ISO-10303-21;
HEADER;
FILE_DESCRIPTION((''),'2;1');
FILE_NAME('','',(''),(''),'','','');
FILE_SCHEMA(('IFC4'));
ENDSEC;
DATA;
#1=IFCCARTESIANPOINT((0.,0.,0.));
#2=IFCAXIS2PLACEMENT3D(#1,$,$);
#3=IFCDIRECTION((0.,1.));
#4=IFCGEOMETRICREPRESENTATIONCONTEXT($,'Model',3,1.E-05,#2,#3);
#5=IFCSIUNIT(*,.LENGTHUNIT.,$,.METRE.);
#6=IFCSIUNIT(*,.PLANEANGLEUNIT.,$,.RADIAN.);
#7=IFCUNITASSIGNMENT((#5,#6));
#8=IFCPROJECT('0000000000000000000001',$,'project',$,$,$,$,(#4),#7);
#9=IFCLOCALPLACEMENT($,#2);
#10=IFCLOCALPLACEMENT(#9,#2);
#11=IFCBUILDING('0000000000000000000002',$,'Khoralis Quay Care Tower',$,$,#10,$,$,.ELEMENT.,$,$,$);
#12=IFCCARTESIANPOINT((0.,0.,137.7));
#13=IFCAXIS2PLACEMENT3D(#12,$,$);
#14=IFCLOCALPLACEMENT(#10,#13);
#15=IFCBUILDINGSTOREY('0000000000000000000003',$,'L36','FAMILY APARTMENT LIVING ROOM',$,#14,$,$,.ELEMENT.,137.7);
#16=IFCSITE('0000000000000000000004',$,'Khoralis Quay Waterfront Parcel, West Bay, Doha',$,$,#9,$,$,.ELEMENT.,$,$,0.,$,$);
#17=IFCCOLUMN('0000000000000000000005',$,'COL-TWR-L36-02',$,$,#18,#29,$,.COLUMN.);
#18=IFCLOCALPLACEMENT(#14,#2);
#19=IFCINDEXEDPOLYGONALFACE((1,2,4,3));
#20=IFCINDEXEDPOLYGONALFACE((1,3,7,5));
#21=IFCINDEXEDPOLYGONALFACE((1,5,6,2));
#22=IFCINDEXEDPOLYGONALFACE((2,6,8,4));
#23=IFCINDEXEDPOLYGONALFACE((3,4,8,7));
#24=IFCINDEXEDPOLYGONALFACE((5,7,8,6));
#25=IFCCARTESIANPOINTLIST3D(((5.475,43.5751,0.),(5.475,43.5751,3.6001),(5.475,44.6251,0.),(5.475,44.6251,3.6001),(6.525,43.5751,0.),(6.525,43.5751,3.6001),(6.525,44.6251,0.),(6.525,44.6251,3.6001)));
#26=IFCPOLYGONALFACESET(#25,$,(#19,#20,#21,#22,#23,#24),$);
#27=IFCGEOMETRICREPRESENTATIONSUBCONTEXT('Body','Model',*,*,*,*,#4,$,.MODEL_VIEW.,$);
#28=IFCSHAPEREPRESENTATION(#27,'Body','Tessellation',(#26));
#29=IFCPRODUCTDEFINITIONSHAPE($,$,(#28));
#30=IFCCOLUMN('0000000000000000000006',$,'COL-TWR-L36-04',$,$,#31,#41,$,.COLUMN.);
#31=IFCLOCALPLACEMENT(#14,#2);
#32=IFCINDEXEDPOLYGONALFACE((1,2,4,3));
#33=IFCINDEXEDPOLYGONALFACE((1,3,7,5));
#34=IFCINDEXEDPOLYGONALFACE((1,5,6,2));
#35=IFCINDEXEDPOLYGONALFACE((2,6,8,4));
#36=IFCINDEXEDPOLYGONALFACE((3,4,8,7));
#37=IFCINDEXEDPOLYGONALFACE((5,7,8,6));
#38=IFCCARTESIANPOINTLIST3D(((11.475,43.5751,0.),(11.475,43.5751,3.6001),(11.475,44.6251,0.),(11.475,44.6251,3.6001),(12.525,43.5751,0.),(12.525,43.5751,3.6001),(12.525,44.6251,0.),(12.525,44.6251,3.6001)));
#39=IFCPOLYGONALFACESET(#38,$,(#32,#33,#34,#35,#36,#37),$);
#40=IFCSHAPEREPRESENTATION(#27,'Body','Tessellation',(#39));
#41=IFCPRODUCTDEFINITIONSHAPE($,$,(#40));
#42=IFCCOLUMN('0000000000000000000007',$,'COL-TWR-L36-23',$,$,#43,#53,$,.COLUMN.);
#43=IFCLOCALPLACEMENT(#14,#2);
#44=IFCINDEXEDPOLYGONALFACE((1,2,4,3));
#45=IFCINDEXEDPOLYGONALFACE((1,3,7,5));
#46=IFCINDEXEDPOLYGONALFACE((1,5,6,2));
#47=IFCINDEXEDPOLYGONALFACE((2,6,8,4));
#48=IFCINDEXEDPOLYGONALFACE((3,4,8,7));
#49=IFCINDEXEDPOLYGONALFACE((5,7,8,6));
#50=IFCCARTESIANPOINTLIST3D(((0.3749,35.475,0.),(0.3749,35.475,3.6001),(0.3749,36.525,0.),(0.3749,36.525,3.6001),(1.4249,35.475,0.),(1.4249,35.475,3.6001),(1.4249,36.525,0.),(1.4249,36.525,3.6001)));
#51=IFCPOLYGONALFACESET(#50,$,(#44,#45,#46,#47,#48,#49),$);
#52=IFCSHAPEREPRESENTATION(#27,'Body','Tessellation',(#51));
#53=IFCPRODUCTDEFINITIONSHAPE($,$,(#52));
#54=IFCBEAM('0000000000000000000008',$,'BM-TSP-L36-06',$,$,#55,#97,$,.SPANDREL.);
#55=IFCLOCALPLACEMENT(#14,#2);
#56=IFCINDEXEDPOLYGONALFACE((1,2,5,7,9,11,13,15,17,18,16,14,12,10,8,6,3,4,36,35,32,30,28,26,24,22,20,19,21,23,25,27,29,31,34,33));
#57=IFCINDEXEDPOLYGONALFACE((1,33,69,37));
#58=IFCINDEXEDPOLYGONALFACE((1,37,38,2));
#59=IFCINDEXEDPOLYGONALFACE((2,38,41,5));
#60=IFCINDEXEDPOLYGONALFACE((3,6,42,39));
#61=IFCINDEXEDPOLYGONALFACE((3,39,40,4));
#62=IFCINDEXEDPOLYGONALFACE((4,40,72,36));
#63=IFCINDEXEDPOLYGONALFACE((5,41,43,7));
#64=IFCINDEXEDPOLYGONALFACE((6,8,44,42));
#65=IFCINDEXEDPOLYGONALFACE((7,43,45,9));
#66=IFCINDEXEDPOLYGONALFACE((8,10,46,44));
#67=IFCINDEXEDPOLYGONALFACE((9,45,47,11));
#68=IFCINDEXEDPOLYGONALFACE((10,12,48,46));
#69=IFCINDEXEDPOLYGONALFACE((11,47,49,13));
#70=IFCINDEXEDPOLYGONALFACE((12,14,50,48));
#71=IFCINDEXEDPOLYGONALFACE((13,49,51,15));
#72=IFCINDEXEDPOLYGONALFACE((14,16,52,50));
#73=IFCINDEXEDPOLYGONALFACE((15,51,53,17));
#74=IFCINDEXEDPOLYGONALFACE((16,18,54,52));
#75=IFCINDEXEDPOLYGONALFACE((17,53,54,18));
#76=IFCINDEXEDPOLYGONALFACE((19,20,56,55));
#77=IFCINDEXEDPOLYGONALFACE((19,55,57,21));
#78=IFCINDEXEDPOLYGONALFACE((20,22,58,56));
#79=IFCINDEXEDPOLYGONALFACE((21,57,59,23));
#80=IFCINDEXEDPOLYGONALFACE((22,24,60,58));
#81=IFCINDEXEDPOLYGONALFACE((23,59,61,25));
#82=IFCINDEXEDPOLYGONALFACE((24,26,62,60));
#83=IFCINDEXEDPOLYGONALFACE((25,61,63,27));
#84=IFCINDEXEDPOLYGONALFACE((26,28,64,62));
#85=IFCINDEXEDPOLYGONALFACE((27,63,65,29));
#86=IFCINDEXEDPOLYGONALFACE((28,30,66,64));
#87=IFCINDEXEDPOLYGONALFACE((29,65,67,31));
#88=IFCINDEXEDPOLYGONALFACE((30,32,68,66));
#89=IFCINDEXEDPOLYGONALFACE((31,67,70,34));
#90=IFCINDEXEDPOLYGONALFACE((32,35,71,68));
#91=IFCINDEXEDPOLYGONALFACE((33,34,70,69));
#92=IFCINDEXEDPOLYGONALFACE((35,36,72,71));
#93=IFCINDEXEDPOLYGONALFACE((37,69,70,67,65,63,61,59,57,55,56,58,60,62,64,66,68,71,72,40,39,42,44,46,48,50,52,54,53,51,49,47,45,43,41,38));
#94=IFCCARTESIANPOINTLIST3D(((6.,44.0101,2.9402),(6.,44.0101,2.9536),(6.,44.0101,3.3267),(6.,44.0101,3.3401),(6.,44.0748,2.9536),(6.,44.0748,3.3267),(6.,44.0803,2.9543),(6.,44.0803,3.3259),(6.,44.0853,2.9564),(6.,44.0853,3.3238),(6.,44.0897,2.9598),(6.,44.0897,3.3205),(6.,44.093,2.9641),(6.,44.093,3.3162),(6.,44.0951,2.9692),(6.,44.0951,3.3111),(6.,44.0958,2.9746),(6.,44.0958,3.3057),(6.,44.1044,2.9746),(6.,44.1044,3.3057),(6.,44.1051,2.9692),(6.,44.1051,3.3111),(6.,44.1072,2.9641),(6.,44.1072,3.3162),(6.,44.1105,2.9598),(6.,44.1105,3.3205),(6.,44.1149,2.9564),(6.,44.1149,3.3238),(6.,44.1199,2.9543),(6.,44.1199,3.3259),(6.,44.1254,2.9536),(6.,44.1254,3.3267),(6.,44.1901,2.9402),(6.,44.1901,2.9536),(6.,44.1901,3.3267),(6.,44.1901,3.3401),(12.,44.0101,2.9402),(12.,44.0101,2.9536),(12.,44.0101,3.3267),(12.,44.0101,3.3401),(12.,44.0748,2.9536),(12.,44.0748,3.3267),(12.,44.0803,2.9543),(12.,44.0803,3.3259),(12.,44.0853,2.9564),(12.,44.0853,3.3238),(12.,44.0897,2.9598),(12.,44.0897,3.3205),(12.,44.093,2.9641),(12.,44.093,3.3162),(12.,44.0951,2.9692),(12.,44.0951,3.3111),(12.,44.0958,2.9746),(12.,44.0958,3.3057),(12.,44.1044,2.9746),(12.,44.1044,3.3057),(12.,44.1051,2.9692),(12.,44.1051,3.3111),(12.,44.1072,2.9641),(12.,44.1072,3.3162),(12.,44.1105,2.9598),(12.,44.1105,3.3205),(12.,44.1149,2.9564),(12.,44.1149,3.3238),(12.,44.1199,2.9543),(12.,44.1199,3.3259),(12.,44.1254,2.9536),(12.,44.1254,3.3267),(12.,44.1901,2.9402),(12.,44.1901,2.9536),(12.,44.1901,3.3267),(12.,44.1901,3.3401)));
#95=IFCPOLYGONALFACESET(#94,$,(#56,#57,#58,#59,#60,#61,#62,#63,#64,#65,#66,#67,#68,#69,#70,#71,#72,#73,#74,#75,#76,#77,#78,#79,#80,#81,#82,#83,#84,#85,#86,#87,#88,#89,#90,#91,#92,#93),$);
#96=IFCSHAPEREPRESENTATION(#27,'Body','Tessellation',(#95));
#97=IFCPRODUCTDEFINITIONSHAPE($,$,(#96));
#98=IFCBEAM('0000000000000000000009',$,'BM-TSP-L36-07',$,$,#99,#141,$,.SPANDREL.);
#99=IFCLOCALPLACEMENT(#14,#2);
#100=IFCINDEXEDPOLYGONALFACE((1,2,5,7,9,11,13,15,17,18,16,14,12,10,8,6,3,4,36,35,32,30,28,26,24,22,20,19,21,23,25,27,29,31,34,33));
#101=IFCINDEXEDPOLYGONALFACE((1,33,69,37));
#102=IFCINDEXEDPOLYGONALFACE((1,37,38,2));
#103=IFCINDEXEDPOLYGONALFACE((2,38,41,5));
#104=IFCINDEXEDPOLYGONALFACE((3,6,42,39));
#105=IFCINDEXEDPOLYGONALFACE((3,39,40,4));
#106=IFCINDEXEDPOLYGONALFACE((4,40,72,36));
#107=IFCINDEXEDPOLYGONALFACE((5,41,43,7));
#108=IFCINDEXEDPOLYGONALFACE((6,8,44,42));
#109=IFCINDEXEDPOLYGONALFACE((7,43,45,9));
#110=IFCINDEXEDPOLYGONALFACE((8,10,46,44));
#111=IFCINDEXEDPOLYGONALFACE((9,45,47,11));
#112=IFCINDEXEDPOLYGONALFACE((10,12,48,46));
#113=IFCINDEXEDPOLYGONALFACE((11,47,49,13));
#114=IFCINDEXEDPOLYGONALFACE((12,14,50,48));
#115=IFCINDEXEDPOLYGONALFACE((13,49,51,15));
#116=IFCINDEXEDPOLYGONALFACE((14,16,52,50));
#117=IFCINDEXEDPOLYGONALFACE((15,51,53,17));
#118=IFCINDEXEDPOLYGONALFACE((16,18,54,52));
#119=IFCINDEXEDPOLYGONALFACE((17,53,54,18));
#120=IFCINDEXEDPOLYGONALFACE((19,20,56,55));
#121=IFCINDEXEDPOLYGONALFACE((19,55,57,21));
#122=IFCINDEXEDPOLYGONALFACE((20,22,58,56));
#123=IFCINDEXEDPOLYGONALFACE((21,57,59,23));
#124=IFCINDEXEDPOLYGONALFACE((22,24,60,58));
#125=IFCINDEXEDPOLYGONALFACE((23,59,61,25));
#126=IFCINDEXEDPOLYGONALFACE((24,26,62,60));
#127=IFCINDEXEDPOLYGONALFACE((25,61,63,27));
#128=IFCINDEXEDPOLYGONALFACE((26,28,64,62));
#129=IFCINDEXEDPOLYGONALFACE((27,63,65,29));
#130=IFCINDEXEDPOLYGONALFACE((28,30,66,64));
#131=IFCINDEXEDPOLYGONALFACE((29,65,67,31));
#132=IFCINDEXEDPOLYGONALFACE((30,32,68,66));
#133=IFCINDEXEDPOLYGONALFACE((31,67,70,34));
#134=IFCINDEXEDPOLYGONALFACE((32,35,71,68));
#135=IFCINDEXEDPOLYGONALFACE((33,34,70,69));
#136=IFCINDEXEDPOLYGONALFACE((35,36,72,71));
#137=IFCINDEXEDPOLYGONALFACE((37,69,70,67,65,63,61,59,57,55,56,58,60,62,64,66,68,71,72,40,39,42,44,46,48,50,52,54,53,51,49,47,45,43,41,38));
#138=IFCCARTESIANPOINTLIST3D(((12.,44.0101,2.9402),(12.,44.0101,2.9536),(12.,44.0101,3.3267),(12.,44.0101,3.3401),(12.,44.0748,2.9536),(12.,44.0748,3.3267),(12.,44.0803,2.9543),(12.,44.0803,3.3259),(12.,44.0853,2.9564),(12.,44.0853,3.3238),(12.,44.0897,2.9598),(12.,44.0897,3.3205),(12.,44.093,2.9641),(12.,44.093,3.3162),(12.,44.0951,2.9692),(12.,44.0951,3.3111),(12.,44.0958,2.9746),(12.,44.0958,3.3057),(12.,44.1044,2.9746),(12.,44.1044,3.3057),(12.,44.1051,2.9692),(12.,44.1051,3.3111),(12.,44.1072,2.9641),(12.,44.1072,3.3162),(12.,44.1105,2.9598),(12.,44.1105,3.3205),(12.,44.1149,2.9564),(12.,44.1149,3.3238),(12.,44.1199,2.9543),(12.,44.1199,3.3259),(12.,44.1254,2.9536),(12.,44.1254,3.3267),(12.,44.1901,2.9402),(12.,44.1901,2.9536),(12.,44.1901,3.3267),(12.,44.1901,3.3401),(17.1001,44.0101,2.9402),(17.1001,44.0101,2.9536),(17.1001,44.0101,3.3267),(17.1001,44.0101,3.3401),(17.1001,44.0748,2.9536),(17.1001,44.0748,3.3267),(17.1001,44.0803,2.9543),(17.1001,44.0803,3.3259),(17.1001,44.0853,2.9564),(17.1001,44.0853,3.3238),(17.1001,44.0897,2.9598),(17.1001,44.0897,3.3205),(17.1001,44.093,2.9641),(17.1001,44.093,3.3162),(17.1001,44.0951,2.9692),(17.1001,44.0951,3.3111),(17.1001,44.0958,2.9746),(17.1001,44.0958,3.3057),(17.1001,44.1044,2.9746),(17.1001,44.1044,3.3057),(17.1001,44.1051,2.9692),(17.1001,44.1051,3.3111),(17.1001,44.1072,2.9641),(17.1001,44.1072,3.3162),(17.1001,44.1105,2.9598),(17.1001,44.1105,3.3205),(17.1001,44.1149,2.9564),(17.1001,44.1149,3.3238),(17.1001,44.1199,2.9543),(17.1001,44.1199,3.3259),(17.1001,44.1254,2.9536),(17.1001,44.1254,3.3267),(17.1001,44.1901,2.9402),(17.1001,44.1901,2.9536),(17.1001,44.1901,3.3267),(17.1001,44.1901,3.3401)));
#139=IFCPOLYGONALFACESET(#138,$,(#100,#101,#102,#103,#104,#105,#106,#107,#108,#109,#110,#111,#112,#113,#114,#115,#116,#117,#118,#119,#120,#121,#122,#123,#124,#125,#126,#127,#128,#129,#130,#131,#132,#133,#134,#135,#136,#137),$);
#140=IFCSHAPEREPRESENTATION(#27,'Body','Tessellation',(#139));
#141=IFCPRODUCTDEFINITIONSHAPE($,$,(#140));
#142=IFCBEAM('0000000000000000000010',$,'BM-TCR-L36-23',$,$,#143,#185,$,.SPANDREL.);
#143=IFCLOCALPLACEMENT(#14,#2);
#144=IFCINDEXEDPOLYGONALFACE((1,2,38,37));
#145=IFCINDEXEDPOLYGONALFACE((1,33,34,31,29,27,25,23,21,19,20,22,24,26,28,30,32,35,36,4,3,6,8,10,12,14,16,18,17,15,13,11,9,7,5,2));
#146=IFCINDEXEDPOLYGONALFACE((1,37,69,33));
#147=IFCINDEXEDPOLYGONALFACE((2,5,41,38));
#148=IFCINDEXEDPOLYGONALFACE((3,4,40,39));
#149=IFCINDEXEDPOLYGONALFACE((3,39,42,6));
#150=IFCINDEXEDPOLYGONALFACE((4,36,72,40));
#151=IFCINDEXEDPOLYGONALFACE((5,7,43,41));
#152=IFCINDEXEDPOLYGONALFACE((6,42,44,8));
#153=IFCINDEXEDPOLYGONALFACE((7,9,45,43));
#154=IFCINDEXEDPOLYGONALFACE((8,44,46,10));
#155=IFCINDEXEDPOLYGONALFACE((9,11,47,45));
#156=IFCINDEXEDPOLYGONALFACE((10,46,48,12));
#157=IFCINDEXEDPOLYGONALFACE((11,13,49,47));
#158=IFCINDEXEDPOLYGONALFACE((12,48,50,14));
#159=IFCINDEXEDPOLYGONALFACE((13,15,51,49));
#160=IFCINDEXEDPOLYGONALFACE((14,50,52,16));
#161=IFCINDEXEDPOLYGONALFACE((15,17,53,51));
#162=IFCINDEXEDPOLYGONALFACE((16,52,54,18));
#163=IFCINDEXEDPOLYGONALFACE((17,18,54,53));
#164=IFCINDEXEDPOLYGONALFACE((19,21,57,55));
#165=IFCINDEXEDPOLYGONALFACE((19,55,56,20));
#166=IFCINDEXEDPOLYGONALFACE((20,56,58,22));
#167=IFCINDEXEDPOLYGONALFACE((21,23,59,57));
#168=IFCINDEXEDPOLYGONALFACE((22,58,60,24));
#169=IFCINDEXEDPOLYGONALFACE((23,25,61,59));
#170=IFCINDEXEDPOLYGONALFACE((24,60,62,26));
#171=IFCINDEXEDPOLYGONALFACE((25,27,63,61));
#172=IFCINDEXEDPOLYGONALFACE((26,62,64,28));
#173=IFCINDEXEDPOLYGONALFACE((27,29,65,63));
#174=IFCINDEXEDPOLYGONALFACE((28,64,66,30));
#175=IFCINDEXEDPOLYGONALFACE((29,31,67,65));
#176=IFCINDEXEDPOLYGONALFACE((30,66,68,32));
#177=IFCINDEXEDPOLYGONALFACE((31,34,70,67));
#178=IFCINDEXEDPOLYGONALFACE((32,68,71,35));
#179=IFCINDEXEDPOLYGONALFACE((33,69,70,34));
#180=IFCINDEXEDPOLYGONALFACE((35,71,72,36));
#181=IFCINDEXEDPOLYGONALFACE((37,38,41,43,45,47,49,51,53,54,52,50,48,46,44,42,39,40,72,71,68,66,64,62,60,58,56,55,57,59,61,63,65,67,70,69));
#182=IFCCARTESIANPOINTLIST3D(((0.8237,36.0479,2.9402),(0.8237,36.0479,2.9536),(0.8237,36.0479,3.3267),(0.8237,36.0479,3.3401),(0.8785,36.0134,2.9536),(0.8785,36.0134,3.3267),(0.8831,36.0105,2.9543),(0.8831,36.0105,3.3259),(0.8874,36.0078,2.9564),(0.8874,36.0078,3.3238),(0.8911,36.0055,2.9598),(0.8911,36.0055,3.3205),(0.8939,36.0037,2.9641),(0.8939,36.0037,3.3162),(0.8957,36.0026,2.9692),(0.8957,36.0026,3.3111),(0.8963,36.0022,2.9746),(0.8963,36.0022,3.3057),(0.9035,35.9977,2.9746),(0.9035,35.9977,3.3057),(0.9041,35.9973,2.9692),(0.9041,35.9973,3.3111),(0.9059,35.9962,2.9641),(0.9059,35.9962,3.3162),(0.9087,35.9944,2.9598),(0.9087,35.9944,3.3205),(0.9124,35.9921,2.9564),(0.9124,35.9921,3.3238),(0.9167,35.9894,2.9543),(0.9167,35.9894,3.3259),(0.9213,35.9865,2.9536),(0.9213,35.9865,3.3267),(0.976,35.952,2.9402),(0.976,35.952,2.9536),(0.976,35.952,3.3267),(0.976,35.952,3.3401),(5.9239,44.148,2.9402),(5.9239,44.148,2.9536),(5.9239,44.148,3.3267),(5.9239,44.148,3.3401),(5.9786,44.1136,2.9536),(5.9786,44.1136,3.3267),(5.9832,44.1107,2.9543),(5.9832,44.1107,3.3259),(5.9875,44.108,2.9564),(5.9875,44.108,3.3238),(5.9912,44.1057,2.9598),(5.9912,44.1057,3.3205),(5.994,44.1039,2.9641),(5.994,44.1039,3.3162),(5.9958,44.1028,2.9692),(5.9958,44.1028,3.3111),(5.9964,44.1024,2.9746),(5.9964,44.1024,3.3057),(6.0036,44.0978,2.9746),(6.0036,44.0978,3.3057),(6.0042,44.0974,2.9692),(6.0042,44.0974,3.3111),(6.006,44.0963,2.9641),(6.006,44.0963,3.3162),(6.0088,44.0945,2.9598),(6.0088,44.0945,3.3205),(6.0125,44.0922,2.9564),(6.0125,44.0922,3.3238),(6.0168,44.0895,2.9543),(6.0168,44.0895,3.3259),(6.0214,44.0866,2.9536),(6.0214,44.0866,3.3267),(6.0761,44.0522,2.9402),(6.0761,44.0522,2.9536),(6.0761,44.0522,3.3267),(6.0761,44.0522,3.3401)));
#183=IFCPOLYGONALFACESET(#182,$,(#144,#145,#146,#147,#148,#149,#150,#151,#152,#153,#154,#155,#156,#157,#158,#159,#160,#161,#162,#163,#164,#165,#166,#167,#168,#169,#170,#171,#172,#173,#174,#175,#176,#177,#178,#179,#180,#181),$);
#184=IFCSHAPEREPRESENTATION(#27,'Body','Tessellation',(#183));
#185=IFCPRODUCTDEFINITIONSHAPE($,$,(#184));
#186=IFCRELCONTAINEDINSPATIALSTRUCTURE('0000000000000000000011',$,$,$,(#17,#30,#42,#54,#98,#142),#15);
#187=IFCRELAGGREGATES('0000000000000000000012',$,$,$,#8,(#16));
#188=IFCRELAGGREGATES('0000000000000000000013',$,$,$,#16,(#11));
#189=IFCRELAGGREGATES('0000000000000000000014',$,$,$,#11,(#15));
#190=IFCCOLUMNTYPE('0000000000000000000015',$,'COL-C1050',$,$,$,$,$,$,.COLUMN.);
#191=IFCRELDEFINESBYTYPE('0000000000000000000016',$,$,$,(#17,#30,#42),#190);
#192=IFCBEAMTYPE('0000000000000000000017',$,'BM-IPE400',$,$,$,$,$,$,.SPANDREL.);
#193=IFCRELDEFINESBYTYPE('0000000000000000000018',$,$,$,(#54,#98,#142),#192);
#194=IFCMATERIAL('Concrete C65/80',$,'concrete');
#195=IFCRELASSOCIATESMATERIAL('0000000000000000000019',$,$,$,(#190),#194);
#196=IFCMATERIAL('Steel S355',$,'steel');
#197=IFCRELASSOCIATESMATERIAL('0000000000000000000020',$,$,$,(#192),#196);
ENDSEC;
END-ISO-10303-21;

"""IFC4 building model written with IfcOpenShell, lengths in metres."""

from ifc_helpers import new_model, si_unit, direction, frame, origin, origin_2d, place, context, subcontext, project, spatial, rectangle, i_section, extrude, source, transform, mapped, material, material_profile, profile_set, type_object, element, save


model = new_model("IFC4")

# Units and contexts
model_context = context("Model", 3, precision=1e-05, world=origin(), true_north=direction((0.0, 1.0)))
body_context = subcontext(model_context, "Body", "Model", "MODEL_VIEW")
ifc_project = project(units=[si_unit("LENGTHUNIT", "METRE"), si_unit("PLANEANGLEUNIT", "RADIAN")], contexts=[model_context])

# Site, building, storey
site_placement = place(None, origin())
site = spatial("IfcSite", under=ifc_project, at=site_placement, Name="Khoralis Quay Waterfront Parcel, West Bay, Doha", CompositionType="ELEMENT", RefElevation=0.0)
building_placement = place(site_placement, origin())
building = spatial("IfcBuilding", under=site, at=building_placement, Name="Khoralis Quay Care Tower", CompositionType="ELEMENT")
storey_placement = place(building_placement, frame((0.0, 0.0, 137.7)))
storey = spatial("IfcBuildingStorey", under=building, at=storey_placement, Name="L36", Description="FAMILY APARTMENT LIVING ROOM", CompositionType="ELEMENT", Elevation=137.7)

# Columns
ifc_material_1 = material(Name="Concrete C65/80", Category="concrete")
ifc_material_profile_1 = material_profile(ifc_material_1, rectangle(XDim=1.05, YDim=1.05, at=origin_2d()), Name="Concrete C65/80")
ifc_profile_set_1 = profile_set([ifc_material_profile_1], Name="Concrete C65/80")
column_type = type_object("IfcColumnType", Name="COL-C1050", PredefinedType="COLUMN", material=ifc_profile_set_1)
shared_shape_1 = source(origin(), body_context, "Body", "SweptSolid", [
    extrude(rectangle(XDim=1.05, YDim=1.05, at=origin_2d()), origin(), (0.0, 0.0, 1.0), 3.6001),
])
for number, where, z_axis, x_axis, name in (
    (1, (6.0, 44.1001, 0.0), (0.0, 0.0, 1.0), (1.0, 0.0, 0.0), "COL-TWR-L36-02"),
    (2, (12.0, 44.1001, 0.0), (0.0, 0.0, 1.0), (1.0, 0.0, 0.0), "COL-TWR-L36-04"),
    (3, (0.8999, 36.0, 0.0), (0.0, 0.0, 1.0), (1.0, 0.0, 0.0), "COL-TWR-L36-23"),
):
    element("IfcColumn", number, at=place(storey_placement, frame(where, z_axis=z_axis, x_axis=x_axis)), inside=storey, type_object=column_type, Name=name, PredefinedType="COLUMN", context=body_context, shape_type="MappedRepresentation", body=[
        mapped(shared_shape_1, transform((0.0, 0.0, 0.0), scale=1.0)),
    ])

# Beams
ifc_material_2 = material(Name="Steel S355", Category="steel")
ifc_material_profile_2 = material_profile(ifc_material_2, i_section(OverallWidth=0.1799, OverallDepth=0.3999, WebThickness=0.0085, FlangeThickness=0.0134, FilletRadius=0.021, at=origin_2d()), Name="Steel S355")
ifc_profile_set_2 = profile_set([ifc_material_profile_2], Name="Steel S355")
beam_type_1 = type_object("IfcBeamType", Name="BM-IPE400", PredefinedType="SPANDREL", material=ifc_profile_set_2)
shared_shape_2 = source(origin(), body_context, "Body", "SweptSolid", [
    extrude(i_section(OverallWidth=0.1799, OverallDepth=0.3999, WebThickness=0.0085, FlangeThickness=0.0134, FilletRadius=0.021, at=origin_2d()), origin(), (0.0, 0.0, 1.0), 6.0),
])
beam_1_placement = place(storey_placement, frame((6.0, 44.1001, 3.1401), z_axis=(1.0, 0.0, 0.0), x_axis=(0.0, 1.0, 0.0)))
element("IfcBeam", 4, at=beam_1_placement, inside=storey, type_object=beam_type_1, Name="BM-TSP-L36-06", PredefinedType="SPANDREL", context=body_context, shape_type="MappedRepresentation", body=[
    mapped(shared_shape_2, transform((0.0, 0.0, 0.0), scale=1.0)),
])
shared_shape_3 = source(origin(), body_context, "Body", "SweptSolid", [
    extrude(i_section(OverallWidth=0.1799, OverallDepth=0.3999, WebThickness=0.0085, FlangeThickness=0.0134, FilletRadius=0.021, at=origin_2d()), origin(), (0.0, 0.0, 1.0), 5.1001),
])
beam_2_placement = place(storey_placement, frame((12.0, 44.1001, 3.1401), z_axis=(1.0, 0.0, 0.0), x_axis=(0.0, 1.0, 0.0)))
element("IfcBeam", 5, at=beam_2_placement, inside=storey, type_object=beam_type_1, Name="BM-TSP-L36-07", PredefinedType="SPANDREL", context=body_context, shape_type="MappedRepresentation", body=[
    mapped(shared_shape_3, transform((0.0, 0.0, 0.0), scale=1.0)),
])
shared_shape_4 = source(origin(), body_context, "Body", "SweptSolid", [
    extrude(i_section(OverallWidth=0.1799, OverallDepth=0.3999, WebThickness=0.0085, FlangeThickness=0.0134, FilletRadius=0.021, at=origin_2d()), origin(), (0.0, 0.0, 1.0), 9.572),
])
beam_3_placement = place(storey_placement, frame((6.0, 44.1001, 3.1401), z_axis=(-0.532816, -0.846231, 0.0), x_axis=(0.846231, -0.532816, 0.0)))
element("IfcBeam", 6, at=beam_3_placement, inside=storey, type_object=beam_type_1, Name="BM-TCR-L36-23", PredefinedType="SPANDREL", context=body_context, shape_type="MappedRepresentation", body=[
    mapped(shared_shape_4, transform((0.0, 0.0, 0.0), scale=1.0)),
])

save(model, "model.ifc")
